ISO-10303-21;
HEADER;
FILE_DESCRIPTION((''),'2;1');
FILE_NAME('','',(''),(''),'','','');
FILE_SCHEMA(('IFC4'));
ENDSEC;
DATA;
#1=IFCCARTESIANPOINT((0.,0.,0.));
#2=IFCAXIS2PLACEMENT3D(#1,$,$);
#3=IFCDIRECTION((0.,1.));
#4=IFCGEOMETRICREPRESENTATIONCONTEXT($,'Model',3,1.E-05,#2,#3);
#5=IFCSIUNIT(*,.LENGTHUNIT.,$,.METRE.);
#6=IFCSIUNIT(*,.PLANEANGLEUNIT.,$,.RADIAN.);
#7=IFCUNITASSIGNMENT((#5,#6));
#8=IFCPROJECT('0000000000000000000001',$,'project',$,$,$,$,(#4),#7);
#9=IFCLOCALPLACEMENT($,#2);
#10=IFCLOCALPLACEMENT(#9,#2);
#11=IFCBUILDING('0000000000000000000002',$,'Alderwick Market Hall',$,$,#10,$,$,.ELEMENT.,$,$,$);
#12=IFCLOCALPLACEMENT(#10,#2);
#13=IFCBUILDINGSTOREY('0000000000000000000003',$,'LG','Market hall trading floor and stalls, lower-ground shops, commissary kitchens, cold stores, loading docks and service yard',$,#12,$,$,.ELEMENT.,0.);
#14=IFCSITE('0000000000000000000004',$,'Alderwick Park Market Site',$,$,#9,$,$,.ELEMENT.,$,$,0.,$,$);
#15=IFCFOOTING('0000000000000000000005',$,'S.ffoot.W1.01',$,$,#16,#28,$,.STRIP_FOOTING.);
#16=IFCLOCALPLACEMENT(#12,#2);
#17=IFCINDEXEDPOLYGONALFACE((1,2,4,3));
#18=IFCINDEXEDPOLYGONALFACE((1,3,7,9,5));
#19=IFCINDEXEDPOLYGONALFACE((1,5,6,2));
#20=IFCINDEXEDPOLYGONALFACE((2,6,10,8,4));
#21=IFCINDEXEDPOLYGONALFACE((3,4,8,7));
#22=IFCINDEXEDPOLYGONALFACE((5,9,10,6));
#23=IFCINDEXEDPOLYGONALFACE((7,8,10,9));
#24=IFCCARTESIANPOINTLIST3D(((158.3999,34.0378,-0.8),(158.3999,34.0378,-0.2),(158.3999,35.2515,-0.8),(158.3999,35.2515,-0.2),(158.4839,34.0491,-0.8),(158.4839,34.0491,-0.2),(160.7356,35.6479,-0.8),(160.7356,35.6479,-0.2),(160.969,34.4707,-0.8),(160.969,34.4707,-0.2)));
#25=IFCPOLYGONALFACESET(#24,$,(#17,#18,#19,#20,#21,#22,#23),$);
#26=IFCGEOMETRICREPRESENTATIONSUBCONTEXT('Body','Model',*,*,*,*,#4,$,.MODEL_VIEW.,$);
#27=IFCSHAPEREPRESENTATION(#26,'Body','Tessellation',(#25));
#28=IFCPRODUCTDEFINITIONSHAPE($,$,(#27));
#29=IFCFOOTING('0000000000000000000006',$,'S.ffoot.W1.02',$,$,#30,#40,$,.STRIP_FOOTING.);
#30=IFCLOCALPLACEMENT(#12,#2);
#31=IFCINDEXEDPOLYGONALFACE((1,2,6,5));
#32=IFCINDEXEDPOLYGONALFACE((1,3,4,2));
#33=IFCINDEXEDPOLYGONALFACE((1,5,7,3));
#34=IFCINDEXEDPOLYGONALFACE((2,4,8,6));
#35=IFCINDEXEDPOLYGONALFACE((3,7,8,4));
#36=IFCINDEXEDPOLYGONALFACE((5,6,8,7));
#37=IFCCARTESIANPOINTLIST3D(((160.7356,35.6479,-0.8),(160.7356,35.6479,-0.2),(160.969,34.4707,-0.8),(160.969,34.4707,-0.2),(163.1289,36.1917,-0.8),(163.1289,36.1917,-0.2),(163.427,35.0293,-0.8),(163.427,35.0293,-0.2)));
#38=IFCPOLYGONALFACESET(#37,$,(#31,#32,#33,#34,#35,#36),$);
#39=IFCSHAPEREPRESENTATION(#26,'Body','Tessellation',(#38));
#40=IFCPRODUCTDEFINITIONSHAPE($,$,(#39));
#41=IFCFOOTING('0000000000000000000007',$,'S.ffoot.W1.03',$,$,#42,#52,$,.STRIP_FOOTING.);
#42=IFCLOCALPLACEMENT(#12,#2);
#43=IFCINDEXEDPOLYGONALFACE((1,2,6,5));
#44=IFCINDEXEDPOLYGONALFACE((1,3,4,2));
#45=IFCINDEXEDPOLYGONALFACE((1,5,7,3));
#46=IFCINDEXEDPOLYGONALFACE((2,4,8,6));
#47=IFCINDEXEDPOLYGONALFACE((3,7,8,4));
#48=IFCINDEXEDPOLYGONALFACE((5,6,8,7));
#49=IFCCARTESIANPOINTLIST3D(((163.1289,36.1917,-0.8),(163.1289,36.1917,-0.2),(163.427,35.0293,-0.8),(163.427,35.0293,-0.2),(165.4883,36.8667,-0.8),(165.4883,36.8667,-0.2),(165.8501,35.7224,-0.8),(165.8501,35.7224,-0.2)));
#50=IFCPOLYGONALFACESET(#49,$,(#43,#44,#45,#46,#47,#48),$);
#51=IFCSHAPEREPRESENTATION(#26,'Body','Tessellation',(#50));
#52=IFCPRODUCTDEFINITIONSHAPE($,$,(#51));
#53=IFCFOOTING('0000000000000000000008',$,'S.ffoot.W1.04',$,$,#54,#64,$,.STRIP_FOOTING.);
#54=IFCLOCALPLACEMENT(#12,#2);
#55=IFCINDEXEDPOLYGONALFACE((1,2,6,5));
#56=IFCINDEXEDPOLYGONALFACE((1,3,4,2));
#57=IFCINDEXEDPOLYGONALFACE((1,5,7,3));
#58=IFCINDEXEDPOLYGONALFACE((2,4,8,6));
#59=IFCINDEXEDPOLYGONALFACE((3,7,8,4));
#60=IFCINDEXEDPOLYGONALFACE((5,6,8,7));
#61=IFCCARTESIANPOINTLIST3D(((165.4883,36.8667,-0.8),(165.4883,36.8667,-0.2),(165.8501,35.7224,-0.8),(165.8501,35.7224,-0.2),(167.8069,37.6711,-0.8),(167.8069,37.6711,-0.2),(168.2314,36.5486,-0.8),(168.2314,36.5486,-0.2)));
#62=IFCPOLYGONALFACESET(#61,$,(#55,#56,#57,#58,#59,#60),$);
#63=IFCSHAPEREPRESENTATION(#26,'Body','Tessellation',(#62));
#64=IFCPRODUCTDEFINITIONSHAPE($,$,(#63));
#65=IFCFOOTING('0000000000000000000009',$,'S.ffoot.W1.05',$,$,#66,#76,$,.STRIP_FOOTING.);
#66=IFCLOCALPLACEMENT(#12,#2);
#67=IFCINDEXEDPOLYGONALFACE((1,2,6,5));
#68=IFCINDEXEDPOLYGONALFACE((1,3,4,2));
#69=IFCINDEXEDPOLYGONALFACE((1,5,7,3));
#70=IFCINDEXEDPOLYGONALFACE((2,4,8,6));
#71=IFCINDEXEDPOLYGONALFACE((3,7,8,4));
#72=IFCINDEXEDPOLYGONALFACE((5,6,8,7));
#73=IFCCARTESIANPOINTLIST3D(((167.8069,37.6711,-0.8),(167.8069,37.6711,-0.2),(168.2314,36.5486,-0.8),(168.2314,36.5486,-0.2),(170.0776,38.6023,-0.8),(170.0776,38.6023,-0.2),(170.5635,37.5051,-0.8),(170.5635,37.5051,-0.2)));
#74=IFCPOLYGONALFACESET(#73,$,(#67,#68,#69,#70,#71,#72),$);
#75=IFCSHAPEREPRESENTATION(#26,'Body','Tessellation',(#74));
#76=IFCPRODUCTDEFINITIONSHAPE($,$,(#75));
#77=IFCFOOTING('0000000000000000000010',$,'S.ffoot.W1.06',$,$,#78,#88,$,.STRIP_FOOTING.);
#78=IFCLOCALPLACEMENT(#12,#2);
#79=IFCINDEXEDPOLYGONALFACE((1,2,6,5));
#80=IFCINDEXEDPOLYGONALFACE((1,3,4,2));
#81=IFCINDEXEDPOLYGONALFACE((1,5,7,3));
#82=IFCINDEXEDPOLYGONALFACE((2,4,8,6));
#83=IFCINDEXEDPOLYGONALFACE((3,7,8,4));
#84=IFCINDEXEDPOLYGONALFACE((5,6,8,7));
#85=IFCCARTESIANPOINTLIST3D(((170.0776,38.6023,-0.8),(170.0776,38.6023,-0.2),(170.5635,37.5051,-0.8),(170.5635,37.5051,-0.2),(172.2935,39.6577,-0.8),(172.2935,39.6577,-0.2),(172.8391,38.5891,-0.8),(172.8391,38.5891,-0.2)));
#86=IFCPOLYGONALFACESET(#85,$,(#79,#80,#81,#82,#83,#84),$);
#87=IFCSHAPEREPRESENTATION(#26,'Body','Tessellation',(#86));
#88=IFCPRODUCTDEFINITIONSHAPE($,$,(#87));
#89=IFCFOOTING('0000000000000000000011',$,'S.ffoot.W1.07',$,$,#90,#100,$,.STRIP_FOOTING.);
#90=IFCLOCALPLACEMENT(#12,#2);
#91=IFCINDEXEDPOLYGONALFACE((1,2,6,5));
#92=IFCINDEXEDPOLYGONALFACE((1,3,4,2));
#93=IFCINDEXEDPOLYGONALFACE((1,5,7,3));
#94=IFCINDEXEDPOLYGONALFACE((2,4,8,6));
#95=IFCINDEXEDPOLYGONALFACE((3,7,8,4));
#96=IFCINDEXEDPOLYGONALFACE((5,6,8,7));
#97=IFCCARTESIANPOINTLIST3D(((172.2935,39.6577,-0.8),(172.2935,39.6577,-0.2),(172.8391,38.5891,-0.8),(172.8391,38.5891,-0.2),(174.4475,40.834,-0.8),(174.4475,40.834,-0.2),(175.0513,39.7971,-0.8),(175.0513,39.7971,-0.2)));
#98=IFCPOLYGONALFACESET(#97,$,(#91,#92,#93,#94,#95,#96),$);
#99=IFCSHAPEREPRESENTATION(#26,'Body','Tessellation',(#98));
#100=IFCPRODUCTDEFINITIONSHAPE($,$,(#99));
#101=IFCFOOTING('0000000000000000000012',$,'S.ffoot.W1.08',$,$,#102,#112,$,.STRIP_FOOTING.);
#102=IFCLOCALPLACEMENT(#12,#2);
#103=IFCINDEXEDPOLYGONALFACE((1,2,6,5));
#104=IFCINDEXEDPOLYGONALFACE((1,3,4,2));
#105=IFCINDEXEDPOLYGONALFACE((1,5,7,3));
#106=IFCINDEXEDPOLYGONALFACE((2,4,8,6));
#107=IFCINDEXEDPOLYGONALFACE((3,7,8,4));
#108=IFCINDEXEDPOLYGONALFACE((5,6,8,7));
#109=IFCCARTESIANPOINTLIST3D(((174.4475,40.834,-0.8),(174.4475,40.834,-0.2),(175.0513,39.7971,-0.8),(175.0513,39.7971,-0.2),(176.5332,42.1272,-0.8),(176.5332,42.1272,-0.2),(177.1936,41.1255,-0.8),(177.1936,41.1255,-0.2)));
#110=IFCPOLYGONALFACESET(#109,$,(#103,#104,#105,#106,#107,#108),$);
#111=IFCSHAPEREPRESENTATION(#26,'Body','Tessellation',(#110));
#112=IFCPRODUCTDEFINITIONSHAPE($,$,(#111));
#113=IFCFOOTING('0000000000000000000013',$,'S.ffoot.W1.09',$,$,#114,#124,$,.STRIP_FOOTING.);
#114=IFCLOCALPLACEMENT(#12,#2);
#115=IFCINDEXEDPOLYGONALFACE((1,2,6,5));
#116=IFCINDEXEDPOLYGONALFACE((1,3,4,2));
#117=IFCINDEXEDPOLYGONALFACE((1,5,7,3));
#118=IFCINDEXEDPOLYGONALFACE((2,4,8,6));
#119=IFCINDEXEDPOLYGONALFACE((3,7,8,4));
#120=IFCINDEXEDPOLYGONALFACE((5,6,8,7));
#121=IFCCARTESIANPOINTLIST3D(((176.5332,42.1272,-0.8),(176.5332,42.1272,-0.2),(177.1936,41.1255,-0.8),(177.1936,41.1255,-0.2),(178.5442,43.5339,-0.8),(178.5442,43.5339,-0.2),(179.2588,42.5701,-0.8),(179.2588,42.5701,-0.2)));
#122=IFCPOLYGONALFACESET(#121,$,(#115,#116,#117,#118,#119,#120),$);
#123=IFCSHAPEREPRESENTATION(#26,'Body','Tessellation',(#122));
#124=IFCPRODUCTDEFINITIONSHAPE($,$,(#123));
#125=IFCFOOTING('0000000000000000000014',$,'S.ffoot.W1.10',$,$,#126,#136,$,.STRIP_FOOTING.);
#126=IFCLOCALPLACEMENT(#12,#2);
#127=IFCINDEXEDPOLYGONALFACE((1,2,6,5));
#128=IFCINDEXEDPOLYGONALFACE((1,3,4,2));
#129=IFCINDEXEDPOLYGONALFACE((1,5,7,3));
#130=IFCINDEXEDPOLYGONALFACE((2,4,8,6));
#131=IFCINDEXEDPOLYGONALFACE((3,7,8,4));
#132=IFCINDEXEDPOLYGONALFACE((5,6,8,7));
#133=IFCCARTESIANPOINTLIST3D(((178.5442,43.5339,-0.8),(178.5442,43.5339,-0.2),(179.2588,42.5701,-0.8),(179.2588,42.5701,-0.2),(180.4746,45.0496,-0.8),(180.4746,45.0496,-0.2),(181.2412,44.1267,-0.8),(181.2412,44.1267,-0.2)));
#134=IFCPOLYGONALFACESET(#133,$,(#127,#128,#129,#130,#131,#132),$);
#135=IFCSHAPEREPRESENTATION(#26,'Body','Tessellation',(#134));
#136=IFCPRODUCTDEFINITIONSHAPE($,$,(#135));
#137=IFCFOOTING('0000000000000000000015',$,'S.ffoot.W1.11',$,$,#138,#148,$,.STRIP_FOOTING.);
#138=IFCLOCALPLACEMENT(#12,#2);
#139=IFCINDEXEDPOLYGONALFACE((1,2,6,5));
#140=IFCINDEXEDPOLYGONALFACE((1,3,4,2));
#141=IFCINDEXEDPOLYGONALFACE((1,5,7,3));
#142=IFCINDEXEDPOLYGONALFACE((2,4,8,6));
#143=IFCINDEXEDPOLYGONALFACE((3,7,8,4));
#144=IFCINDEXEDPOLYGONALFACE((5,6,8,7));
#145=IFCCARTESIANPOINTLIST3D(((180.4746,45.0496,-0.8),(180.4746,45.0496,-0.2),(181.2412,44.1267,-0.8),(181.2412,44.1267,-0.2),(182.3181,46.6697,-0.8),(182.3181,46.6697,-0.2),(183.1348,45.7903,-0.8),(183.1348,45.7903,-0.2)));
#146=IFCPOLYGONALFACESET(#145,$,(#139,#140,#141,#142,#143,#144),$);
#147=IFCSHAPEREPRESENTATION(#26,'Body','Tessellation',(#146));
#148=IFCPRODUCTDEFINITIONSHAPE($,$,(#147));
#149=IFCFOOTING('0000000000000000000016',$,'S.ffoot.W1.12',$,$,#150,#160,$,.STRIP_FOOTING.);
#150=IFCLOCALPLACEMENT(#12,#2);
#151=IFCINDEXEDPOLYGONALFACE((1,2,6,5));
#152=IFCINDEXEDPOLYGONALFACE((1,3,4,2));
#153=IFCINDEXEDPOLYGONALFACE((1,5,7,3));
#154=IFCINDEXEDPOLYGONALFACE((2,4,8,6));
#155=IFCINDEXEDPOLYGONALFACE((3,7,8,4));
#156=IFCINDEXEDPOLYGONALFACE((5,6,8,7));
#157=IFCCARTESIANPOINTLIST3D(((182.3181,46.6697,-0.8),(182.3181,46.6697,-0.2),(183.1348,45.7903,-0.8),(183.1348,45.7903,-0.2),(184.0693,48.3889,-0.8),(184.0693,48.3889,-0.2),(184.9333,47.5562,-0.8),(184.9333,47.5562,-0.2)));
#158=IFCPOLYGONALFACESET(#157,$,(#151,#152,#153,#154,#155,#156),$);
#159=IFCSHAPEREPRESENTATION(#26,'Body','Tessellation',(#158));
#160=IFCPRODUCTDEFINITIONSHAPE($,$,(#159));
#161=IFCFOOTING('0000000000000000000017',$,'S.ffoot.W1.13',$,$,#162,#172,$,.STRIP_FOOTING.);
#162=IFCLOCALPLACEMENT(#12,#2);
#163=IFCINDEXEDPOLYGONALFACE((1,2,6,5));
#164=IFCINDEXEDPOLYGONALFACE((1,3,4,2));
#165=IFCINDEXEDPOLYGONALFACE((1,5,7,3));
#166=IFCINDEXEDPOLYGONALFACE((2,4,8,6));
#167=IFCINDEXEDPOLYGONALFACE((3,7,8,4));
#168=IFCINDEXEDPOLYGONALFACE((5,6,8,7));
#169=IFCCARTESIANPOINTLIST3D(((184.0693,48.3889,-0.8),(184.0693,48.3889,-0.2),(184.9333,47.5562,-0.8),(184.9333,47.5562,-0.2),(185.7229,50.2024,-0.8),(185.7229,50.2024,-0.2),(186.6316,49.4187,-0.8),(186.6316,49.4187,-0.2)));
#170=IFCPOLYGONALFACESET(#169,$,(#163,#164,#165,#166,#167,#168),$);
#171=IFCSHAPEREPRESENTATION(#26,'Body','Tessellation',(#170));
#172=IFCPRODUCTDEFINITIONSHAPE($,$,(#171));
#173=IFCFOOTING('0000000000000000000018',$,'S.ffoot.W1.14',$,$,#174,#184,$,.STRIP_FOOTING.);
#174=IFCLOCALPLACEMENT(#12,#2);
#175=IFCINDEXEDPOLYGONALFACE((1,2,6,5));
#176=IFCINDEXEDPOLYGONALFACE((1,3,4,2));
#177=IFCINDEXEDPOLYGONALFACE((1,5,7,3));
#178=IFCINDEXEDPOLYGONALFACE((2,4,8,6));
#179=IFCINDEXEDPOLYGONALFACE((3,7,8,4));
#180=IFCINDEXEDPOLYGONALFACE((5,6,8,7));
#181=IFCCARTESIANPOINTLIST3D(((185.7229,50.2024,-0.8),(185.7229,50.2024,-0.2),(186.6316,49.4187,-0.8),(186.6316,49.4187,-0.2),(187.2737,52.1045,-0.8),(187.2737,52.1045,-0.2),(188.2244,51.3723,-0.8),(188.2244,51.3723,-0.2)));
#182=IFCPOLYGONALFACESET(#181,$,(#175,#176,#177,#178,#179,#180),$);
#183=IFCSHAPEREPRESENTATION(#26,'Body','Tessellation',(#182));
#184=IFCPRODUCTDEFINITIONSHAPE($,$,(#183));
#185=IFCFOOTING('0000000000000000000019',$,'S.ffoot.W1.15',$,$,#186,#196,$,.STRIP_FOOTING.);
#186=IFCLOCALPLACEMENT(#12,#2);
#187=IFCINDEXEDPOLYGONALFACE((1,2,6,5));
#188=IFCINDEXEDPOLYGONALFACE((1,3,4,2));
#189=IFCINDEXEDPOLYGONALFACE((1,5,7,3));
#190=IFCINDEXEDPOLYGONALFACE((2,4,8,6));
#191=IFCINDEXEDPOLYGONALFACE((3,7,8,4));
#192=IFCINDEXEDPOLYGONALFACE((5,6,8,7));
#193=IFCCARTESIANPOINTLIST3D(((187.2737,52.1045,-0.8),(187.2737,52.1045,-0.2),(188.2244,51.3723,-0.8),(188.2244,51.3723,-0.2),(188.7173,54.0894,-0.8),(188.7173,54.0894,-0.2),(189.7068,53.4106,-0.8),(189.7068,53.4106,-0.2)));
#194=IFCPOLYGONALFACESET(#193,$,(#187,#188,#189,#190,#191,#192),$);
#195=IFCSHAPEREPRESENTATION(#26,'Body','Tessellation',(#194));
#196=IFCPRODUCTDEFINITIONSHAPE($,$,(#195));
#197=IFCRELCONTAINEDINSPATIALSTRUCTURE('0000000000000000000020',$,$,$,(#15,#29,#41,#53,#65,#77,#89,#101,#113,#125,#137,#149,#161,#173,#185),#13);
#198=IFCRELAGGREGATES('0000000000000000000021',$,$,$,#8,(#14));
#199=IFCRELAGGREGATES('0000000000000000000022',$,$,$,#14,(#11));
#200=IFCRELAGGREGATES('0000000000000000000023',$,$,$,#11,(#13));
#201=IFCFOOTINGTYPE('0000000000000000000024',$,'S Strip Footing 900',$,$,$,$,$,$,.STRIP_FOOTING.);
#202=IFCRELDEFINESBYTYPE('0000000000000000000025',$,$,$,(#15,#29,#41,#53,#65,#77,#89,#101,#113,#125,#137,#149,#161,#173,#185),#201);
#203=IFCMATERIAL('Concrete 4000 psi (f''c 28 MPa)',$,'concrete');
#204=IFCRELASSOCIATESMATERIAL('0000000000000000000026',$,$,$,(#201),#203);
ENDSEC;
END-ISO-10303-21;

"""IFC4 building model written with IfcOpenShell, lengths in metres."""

from ifc_helpers import new_model, si_unit, direction, frame, origin, place, context, subcontext, project, spatial, polyline, outline, extrude, material, type_object, element, save


model = new_model("IFC4")

# Units and contexts
model_context = context("Model", 3, precision=1e-05, world=origin(), true_north=direction((0.0, 1.0)))
body_context = subcontext(model_context, "Body", "Model", "MODEL_VIEW")
ifc_project = project(units=[si_unit("LENGTHUNIT", "METRE"), si_unit("PLANEANGLEUNIT", "RADIAN")], contexts=[model_context])

# Site, building, storey
site_placement = place(None, origin())
site = spatial("IfcSite", under=ifc_project, at=site_placement, Name="Alderwick Park Market Site", CompositionType="ELEMENT", RefElevation=0.0)
building_placement = place(site_placement, origin())
building = spatial("IfcBuilding", under=site, at=building_placement, Name="Alderwick Market Hall", CompositionType="ELEMENT")
storey_placement = place(building_placement, origin())
storey = spatial("IfcBuildingStorey", under=building, at=storey_placement, Name="LG", Description="Market hall trading floor and stalls, lower-ground shops, commissary kitchens, cold stores, loading docks and service yard", CompositionType="ELEMENT", Elevation=0.0)

# Footings
ifc_material = material(Name="Concrete 4000 psi (f'c 28 MPa)", Category="concrete")
footing_type = type_object("IfcFootingType", Name="S Strip Footing 900", PredefinedType="STRIP_FOOTING", material=ifc_material)
footing_1_placement = place(storey_placement, frame((0.0, 0.0, -0.8)))
element("IfcFooting", 1, at=footing_1_placement, inside=storey, type_object=footing_type, Name="S.ffoot.W1.01", PredefinedType="STRIP_FOOTING", context=body_context, shape_type="SweptSolid", body=[
    extrude(outline(polyline([(158.3999, 35.2515), (158.3999, 34.0378), (158.4839, 34.0491), (160.969, 34.4707), (160.7356, 35.6479), (158.3999, 35.2515)])), origin(), (0.0, 0.0, 1.0), 0.6001),
])
footing_2_placement = place(storey_placement, frame((0.0, 0.0, -0.8)))
element("IfcFooting", 2, at=footing_2_placement, inside=storey, type_object=footing_type, Name="S.ffoot.W1.02", PredefinedType="STRIP_FOOTING", context=body_context, shape_type="SweptSolid", body=[
    extrude(outline(polyline([(160.969, 34.4707), (163.427, 35.0293), (163.1289, 36.1917), (160.7356, 35.6479), (160.969, 34.4707)])), origin(), (0.0, 0.0, 1.0), 0.6001),
])
footing_3_placement = place(storey_placement, frame((0.0, 0.0, -0.8)))
element("IfcFooting", 3, at=footing_3_placement, inside=storey, type_object=footing_type, Name="S.ffoot.W1.03", PredefinedType="STRIP_FOOTING", context=body_context, shape_type="SweptSolid", body=[
    extrude(outline(polyline([(163.427, 35.0293), (165.8501, 35.7224), (165.4883, 36.8667), (163.1289, 36.1917), (163.427, 35.0293)])), origin(), (0.0, 0.0, 1.0), 0.6001),
])
footing_4_placement = place(storey_placement, frame((0.0, 0.0, -0.8)))
element("IfcFooting", 4, at=footing_4_placement, inside=storey, type_object=footing_type, Name="S.ffoot.W1.04", PredefinedType="STRIP_FOOTING", context=body_context, shape_type="SweptSolid", body=[
    extrude(outline(polyline([(165.8501, 35.7224), (168.2314, 36.5486), (167.8069, 37.6711), (165.4883, 36.8667), (165.8501, 35.7224)])), origin(), (0.0, 0.0, 1.0), 0.6001),
])
footing_5_placement = place(storey_placement, frame((0.0, 0.0, -0.8)))
element("IfcFooting", 5, at=footing_5_placement, inside=storey, type_object=footing_type, Name="S.ffoot.W1.05", PredefinedType="STRIP_FOOTING", context=body_context, shape_type="SweptSolid", body=[
    extrude(outline(polyline([(168.2314, 36.5486), (170.5635, 37.5051), (170.0776, 38.6023), (167.8069, 37.6711), (168.2314, 36.5486)])), origin(), (0.0, 0.0, 1.0), 0.6001),
])
footing_6_placement = place(storey_placement, frame((0.0, 0.0, -0.8)))
element("IfcFooting", 6, at=footing_6_placement, inside=storey, type_object=footing_type, Name="S.ffoot.W1.06", PredefinedType="STRIP_FOOTING", context=body_context, shape_type="SweptSolid", body=[
    extrude(outline(polyline([(170.5635, 37.5051), (172.8391, 38.5891), (172.2935, 39.6577), (170.0776, 38.6023), (170.5635, 37.5051)])), origin(), (0.0, 0.0, 1.0), 0.6001),
])
footing_7_placement = place(storey_placement, frame((0.0, 0.0, -0.8)))
element("IfcFooting", 7, at=footing_7_placement, inside=storey, type_object=footing_type, Name="S.ffoot.W1.07", PredefinedType="STRIP_FOOTING", context=body_context, shape_type="SweptSolid", body=[
    extrude(outline(polyline([(172.8391, 38.5891), (175.0513, 39.7971), (174.4475, 40.834), (172.2935, 39.6577), (172.8391, 38.5891)])), origin(), (0.0, 0.0, 1.0), 0.6001),
])
footing_8_placement = place(storey_placement, frame((0.0, 0.0, -0.8)))
element("IfcFooting", 8, at=footing_8_placement, inside=storey, type_object=footing_type, Name="S.ffoot.W1.08", PredefinedType="STRIP_FOOTING", context=body_context, shape_type="SweptSolid", body=[
    extrude(outline(polyline([(175.0513, 39.7971), (177.1936, 41.1255), (176.5332, 42.1272), (174.4475, 40.834), (175.0513, 39.7971)])), origin(), (0.0, 0.0, 1.0), 0.6001),
])
footing_9_placement = place(storey_placement, frame((0.0, 0.0, -0.8)))
element("IfcFooting", 9, at=footing_9_placement, inside=storey, type_object=footing_type, Name="S.ffoot.W1.09", PredefinedType="STRIP_FOOTING", context=body_context, shape_type="SweptSolid", body=[
    extrude(outline(polyline([(177.1936, 41.1255), (179.2588, 42.5701), (178.5442, 43.5339), (176.5332, 42.1272), (177.1936, 41.1255)])), origin(), (0.0, 0.0, 1.0), 0.6001),
])
footing_10_placement = place(storey_placement, frame((0.0, 0.0, -0.8)))
element("IfcFooting", 10, at=footing_10_placement, inside=storey, type_object=footing_type, Name="S.ffoot.W1.10", PredefinedType="STRIP_FOOTING", context=body_context, shape_type="SweptSolid", body=[
    extrude(outline(polyline([(179.2588, 42.5701), (181.2412, 44.1267), (180.4746, 45.0496), (178.5442, 43.5339), (179.2588, 42.5701)])), origin(), (0.0, 0.0, 1.0), 0.6001),
])
footing_11_placement = place(storey_placement, frame((0.0, 0.0, -0.8)))
element("IfcFooting", 11, at=footing_11_placement, inside=storey, type_object=footing_type, Name="S.ffoot.W1.11", PredefinedType="STRIP_FOOTING", context=body_context, shape_type="SweptSolid", body=[
    extrude(outline(polyline([(181.2412, 44.1267), (183.1348, 45.7903), (182.3181, 46.6697), (180.4746, 45.0496), (181.2412, 44.1267)])), origin(), (0.0, 0.0, 1.0), 0.6001),
])
footing_12_placement = place(storey_placement, frame((0.0, 0.0, -0.8)))
element("IfcFooting", 12, at=footing_12_placement, inside=storey, type_object=footing_type, Name="S.ffoot.W1.12", PredefinedType="STRIP_FOOTING", context=body_context, shape_type="SweptSolid", body=[
    extrude(outline(polyline([(183.1348, 45.7903), (184.9333, 47.5562), (184.0693, 48.3889), (182.3181, 46.6697), (183.1348, 45.7903)])), origin(), (0.0, 0.0, 1.0), 0.6001),
])
footing_13_placement = place(storey_placement, frame((0.0, 0.0, -0.8)))
element("IfcFooting", 13, at=footing_13_placement, inside=storey, type_object=footing_type, Name="S.ffoot.W1.13", PredefinedType="STRIP_FOOTING", context=body_context, shape_type="SweptSolid", body=[
    extrude(outline(polyline([(184.9333, 47.5562), (186.6316, 49.4187), (185.7229, 50.2024), (184.0693, 48.3889), (184.9333, 47.5562)])), origin(), (0.0, 0.0, 1.0), 0.6001),
])
footing_14_placement = place(storey_placement, frame((0.0, 0.0, -0.8)))
element("IfcFooting", 14, at=footing_14_placement, inside=storey, type_object=footing_type, Name="S.ffoot.W1.14", PredefinedType="STRIP_FOOTING", context=body_context, shape_type="SweptSolid", body=[
    extrude(outline(polyline([(186.6316, 49.4187), (188.2244, 51.3723), (187.2737, 52.1045), (185.7229, 50.2024), (186.6316, 49.4187)])), origin(), (0.0, 0.0, 1.0), 0.6001),
])
footing_15_placement = place(storey_placement, frame((0.0, 0.0, -0.8)))
element("IfcFooting", 15, at=footing_15_placement, inside=storey, type_object=footing_type, Name="S.ffoot.W1.15", PredefinedType="STRIP_FOOTING", context=body_context, shape_type="SweptSolid", body=[
    extrude(outline(polyline([(188.2244, 51.3723), (189.7068, 53.4106), (188.7173, 54.0894), (187.2737, 52.1045), (188.2244, 51.3723)])), origin(), (0.0, 0.0, 1.0), 0.6001),
])

save(model, "model.ifc")
